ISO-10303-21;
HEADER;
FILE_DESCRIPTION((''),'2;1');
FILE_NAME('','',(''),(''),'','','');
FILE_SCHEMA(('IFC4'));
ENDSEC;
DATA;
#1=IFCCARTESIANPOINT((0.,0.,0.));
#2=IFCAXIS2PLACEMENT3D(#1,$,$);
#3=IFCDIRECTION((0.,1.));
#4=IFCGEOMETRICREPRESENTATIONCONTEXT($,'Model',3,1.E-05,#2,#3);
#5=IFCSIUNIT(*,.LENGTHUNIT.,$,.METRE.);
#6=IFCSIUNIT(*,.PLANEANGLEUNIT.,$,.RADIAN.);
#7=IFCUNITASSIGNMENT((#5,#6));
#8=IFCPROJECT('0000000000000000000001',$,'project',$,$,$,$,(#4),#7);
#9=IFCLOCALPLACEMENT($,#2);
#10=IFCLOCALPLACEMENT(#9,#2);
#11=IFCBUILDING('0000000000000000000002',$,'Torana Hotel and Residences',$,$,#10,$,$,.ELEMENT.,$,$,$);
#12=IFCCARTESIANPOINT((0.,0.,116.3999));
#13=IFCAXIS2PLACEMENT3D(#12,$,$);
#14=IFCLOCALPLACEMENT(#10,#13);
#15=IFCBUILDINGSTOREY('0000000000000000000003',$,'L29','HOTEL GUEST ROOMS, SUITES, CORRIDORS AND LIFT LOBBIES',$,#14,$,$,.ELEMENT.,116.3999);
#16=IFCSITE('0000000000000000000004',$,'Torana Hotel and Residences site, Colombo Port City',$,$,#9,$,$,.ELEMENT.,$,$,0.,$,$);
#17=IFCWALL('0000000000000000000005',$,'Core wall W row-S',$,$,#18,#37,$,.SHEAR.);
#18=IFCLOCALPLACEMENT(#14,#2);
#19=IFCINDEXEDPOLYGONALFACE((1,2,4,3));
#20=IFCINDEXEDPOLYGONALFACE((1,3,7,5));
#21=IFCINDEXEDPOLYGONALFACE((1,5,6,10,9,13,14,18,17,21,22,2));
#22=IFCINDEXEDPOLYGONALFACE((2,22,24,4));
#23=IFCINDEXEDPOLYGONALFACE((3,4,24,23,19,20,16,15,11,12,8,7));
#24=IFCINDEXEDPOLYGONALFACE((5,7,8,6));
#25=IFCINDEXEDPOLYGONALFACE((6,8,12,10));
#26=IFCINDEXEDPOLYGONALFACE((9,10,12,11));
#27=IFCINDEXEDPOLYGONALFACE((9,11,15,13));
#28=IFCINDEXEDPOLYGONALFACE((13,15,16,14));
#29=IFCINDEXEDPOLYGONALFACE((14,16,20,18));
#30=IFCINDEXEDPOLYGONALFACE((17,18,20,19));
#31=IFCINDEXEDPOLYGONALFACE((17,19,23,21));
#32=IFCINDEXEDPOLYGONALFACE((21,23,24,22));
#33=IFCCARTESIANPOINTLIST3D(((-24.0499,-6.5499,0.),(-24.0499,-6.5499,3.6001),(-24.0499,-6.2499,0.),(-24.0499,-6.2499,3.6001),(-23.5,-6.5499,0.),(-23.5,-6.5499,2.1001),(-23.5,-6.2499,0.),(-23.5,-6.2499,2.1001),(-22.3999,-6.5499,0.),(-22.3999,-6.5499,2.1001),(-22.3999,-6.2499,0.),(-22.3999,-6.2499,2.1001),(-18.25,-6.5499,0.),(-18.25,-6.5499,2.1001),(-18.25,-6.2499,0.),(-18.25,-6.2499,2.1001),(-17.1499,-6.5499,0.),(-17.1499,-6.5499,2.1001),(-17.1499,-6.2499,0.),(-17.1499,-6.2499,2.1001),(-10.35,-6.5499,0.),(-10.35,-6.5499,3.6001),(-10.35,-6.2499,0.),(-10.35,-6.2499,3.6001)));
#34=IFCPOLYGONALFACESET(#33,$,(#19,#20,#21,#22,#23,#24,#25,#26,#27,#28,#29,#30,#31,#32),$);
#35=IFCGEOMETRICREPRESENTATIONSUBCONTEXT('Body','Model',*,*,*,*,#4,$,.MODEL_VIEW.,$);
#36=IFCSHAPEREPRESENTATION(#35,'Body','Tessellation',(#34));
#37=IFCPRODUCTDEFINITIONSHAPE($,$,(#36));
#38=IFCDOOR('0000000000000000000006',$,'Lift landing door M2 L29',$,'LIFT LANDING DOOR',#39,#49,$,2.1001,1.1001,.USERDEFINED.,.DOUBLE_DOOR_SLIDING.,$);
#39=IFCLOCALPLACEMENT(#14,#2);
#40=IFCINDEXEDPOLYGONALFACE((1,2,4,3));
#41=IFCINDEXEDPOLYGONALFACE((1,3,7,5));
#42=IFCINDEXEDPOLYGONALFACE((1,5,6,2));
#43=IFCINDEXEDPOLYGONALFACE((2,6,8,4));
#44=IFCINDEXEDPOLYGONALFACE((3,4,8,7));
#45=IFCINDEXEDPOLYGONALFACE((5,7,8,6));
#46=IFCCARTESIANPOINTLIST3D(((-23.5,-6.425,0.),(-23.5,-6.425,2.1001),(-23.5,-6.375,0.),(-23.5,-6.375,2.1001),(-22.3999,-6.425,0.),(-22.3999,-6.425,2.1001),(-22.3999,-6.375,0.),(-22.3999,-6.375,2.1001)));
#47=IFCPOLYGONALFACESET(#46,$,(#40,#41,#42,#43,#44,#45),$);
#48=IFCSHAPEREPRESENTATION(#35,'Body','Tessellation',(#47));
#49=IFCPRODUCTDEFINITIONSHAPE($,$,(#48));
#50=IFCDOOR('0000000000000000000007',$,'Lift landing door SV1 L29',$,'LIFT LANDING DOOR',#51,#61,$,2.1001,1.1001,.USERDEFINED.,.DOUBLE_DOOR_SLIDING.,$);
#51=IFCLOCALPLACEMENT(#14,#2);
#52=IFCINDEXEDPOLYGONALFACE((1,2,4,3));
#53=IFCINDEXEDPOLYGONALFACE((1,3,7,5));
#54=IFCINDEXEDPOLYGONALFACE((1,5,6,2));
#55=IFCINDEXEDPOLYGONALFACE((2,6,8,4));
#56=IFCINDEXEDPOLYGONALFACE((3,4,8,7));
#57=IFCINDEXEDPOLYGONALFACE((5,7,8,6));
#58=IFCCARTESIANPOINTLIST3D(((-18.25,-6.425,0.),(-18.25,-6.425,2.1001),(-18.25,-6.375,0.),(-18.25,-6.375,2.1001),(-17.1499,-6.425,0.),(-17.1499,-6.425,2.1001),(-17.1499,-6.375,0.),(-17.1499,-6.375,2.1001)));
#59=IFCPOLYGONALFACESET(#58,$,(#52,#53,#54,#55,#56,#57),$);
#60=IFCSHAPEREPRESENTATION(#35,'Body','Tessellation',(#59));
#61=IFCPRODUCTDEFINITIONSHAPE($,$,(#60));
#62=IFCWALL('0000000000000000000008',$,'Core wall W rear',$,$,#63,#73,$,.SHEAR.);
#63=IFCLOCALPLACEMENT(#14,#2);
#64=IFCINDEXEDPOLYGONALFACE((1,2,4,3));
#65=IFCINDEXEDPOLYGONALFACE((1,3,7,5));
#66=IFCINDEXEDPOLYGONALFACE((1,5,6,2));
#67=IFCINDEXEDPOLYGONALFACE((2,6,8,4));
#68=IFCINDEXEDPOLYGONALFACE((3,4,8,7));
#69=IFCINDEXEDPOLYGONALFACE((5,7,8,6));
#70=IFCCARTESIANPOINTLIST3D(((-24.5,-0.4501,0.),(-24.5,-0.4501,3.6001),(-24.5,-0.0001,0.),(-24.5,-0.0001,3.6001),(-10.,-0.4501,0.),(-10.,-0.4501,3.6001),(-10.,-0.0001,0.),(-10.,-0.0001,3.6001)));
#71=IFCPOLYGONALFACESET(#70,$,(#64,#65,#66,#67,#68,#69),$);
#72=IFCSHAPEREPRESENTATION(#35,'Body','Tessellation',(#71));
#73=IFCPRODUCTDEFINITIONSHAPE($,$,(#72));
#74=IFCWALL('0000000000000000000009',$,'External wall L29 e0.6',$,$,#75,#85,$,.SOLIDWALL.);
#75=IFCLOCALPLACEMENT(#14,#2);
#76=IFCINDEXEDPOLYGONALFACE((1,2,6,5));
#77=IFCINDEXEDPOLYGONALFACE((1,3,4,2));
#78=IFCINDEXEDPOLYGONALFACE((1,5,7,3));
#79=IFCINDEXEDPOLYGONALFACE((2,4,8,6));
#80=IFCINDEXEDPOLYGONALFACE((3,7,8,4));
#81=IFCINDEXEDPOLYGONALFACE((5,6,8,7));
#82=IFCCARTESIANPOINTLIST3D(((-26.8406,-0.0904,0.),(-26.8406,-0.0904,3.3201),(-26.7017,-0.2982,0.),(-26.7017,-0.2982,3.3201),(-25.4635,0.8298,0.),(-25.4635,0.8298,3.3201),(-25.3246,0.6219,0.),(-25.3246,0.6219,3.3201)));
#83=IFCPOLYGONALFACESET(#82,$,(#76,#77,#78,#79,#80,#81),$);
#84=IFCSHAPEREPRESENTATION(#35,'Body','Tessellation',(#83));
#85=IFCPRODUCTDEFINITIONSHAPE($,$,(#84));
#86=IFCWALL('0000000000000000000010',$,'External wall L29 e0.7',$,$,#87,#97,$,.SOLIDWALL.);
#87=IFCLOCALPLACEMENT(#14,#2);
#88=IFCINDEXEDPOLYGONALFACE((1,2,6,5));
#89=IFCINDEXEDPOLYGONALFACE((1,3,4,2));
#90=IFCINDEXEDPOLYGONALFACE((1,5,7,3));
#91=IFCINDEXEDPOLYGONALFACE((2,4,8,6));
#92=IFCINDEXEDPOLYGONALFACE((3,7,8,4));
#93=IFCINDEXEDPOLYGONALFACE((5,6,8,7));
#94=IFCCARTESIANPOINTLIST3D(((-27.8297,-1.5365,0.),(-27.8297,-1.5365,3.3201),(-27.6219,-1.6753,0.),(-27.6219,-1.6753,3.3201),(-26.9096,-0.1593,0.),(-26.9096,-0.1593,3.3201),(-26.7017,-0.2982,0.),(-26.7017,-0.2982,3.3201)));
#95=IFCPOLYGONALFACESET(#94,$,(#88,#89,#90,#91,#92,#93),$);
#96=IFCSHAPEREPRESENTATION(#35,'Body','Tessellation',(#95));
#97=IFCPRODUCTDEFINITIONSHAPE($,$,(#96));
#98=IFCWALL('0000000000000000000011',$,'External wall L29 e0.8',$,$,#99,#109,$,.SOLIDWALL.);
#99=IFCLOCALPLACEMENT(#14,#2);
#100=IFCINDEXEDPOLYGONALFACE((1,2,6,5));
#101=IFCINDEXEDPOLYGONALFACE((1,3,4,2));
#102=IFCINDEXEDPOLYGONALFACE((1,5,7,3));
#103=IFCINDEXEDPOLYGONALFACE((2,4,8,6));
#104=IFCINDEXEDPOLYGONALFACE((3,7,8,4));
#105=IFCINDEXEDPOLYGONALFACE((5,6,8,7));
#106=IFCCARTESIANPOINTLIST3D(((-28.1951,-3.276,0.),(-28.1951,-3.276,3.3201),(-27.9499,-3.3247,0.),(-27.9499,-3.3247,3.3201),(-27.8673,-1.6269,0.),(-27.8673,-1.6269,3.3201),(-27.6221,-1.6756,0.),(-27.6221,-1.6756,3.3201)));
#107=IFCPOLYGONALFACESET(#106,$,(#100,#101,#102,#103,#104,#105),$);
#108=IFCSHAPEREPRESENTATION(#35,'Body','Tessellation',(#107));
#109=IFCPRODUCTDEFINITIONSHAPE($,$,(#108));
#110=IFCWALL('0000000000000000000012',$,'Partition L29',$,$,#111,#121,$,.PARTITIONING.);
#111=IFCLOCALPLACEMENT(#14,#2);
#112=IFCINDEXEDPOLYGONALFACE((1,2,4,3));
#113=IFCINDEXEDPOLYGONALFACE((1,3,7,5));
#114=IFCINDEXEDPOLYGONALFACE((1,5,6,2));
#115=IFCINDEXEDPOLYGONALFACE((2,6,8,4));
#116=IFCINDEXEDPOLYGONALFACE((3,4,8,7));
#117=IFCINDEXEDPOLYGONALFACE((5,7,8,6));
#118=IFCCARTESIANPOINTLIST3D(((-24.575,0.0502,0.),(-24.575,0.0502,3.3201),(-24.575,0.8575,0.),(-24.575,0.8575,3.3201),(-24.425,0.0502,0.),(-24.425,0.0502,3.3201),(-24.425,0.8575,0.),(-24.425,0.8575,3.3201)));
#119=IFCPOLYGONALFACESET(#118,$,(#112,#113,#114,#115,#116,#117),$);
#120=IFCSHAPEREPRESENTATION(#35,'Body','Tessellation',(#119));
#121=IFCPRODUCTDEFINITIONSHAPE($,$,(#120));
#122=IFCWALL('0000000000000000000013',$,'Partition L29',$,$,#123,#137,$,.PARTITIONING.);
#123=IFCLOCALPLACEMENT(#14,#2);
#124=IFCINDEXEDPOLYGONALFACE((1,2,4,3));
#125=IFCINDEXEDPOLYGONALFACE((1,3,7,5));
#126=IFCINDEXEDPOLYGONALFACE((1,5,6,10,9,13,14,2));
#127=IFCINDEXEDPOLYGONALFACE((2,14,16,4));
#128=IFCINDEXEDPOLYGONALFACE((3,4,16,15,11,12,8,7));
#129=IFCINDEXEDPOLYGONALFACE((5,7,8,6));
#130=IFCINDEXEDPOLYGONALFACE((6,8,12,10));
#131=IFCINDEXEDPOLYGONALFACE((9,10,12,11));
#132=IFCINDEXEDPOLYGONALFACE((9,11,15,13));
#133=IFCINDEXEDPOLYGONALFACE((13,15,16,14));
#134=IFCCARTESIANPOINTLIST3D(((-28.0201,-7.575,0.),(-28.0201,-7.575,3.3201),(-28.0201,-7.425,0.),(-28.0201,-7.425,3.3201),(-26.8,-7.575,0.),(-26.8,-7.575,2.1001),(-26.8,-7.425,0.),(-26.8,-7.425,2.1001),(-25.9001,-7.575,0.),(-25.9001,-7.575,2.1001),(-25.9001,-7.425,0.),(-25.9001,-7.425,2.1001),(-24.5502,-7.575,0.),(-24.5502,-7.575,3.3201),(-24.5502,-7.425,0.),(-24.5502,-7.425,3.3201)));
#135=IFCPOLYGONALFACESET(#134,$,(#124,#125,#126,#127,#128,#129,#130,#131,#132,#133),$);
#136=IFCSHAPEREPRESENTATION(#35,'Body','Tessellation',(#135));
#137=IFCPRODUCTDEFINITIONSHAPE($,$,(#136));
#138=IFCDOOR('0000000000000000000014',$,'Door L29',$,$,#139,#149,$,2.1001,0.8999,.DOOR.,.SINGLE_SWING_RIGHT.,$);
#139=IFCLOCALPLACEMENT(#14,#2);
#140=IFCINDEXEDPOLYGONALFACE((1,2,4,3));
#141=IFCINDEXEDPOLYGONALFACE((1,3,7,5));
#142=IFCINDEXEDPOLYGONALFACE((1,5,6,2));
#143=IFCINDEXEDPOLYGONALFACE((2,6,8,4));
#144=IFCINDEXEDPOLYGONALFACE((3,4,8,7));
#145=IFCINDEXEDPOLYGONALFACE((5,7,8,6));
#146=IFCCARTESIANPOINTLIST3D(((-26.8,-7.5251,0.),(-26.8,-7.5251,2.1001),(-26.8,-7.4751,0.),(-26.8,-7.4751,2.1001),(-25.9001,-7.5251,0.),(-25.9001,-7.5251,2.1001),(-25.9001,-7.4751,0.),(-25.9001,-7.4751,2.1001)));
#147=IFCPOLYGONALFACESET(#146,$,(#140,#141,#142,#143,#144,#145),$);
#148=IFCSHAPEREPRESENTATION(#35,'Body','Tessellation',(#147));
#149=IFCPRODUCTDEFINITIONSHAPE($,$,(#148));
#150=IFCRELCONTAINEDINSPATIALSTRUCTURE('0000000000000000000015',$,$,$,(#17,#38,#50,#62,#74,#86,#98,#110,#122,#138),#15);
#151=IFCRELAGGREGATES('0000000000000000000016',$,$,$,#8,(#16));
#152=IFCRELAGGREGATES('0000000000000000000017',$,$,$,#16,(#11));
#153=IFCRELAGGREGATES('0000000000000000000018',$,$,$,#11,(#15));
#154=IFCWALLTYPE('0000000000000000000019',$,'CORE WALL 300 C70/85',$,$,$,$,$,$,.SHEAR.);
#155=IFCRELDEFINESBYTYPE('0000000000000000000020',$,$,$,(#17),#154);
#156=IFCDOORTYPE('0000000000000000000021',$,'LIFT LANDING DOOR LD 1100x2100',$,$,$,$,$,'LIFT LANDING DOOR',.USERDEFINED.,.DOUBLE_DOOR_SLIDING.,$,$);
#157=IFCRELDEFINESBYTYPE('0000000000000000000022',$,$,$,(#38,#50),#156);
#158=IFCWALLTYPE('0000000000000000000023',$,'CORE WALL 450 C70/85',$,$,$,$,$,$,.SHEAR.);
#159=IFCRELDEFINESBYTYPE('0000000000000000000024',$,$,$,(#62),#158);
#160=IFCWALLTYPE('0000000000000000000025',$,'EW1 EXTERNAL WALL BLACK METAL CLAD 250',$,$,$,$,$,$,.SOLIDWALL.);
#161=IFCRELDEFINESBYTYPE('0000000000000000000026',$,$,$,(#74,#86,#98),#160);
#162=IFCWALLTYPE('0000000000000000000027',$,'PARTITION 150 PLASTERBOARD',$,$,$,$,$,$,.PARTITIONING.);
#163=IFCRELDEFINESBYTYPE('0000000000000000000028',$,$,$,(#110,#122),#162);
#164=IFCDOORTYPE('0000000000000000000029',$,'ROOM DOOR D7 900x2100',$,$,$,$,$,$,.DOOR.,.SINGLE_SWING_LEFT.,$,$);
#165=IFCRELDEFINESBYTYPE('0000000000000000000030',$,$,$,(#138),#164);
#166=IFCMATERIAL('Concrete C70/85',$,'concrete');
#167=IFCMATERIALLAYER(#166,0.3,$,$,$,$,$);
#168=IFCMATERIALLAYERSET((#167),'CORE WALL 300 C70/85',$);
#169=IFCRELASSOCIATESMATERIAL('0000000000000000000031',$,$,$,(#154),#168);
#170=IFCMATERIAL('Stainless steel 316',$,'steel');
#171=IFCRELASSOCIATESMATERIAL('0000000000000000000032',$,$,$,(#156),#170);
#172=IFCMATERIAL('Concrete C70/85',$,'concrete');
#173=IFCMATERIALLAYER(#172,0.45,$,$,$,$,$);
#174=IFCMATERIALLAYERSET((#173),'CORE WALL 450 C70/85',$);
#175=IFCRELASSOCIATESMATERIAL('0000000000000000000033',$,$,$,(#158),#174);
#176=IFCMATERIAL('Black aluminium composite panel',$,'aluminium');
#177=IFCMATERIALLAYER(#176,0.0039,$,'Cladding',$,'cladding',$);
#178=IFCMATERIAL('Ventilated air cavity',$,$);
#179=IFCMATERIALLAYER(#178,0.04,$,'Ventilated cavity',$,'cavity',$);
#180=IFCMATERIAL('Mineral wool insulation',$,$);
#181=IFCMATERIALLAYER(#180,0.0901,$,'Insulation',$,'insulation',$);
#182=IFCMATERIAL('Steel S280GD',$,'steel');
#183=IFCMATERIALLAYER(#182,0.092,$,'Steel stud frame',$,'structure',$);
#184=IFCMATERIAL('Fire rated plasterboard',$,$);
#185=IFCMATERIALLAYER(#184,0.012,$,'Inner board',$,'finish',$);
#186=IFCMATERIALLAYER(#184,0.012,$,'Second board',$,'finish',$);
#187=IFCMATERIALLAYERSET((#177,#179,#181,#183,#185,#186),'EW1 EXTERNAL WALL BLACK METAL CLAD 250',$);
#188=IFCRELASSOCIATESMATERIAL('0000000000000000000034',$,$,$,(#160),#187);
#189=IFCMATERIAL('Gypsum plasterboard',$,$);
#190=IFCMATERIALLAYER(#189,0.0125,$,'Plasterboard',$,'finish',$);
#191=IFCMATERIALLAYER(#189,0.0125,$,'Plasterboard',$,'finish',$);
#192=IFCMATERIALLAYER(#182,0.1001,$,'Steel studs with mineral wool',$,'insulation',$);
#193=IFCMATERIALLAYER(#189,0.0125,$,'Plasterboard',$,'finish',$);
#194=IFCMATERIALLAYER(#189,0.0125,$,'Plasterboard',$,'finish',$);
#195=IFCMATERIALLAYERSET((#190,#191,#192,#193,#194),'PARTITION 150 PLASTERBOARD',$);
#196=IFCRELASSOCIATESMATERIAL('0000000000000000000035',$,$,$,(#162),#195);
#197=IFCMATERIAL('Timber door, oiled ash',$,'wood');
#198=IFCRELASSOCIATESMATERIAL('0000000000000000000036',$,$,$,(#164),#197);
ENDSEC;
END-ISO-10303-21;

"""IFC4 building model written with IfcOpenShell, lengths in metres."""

from ifc_helpers import new_model, si_unit, direction, frame, frame_2d, origin, place, context, subcontext, project, spatial, rectangle, extrude, material, layer, layer_set, type_object, element, fill, save


model = new_model("IFC4")

# Units and contexts
model_context = context("Model", 3, precision=1e-05, world=origin(), true_north=direction((0.0, 1.0)))
body_context = subcontext(model_context, "Body", "Model", "MODEL_VIEW")
ifc_project = project(units=[si_unit("LENGTHUNIT", "METRE"), si_unit("PLANEANGLEUNIT", "RADIAN")], contexts=[model_context])

# Site, building, storey
site_placement = place(None, origin())
site = spatial("IfcSite", under=ifc_project, at=site_placement, Name="Torana Hotel and Residences site, Colombo Port City", CompositionType="ELEMENT", RefElevation=0.0)
building_placement = place(site_placement, origin())
building = spatial("IfcBuilding", under=site, at=building_placement, Name="Torana Hotel and Residences", CompositionType="ELEMENT")
storey_placement = place(building_placement, frame((0.0, 0.0, 116.3999)))
storey = spatial("IfcBuildingStorey", under=building, at=storey_placement, Name="L29", Description="HOTEL GUEST ROOMS, SUITES, CORRIDORS AND LIFT LOBBIES", CompositionType="ELEMENT", Elevation=116.3999)

# Wall, openings, doors
ifc_material_1 = material(Name="Concrete C70/85", Category="concrete")
ifc_layer_1 = layer(ifc_material_1, 0.3)
ifc_layer_set_1 = layer_set([ifc_layer_1], Name="CORE WALL 300 C70/85")
wall_type_1 = type_object("IfcWallType", Name="CORE WALL 300 C70/85", PredefinedType="SHEAR", material=ifc_layer_set_1)
wall_1_placement = place(storey_placement, frame((-24.05, -6.3999, 0.0), z_axis=(0.0, 0.0, 1.0), x_axis=(1.0, 0.0, 0.0)))
wall_1 = element("IfcWall", 1, at=wall_1_placement, inside=storey, type_object=wall_type_1, Name="Core wall W row-S", PredefinedType="SHEAR", context=body_context, shape_type="SweptSolid", body=[
    extrude(rectangle(XDim=13.7, YDim=0.3, at=frame_2d((6.8501, 0.0))), origin(), (0.0, 0.0, 1.0), 3.6001),
])
opening_1_placement = place(wall_1_placement, frame((0.55, 0.0, 0.0)))
opening_1 = element("IfcOpeningElement", 2, at=opening_1_placement, cuts=wall_1, PredefinedType="OPENING", context=body_context, shape_type="SweptSolid", body=[
    extrude(rectangle(XDim=1.1001, YDim=2.1001, at=frame_2d((0.55, 1.05))), frame((0.0, 0.1599, 0.0), z_axis=(0.0, -1.0, 0.0), x_axis=(1.0, 0.0, 0.0)), (0.0, 0.0, 1.0), 0.3201),
])
opening_2_placement = place(wall_1_placement, frame((5.8, 0.0, 0.0)))
opening_2 = element("IfcOpeningElement", 3, at=opening_2_placement, cuts=wall_1, PredefinedType="OPENING", context=body_context, shape_type="SweptSolid", body=[
    extrude(rectangle(XDim=1.1001, YDim=2.1001, at=frame_2d((0.55, 1.05))), frame((0.0, 0.1599, 0.0), z_axis=(0.0, -1.0, 0.0), x_axis=(1.0, 0.0, 0.0)), (0.0, 0.0, 1.0), 0.3201),
])
ifc_material_2 = material(Name="Stainless steel 316", Category="steel")
door_type_1 = type_object("IfcDoorType", Name="LIFT LANDING DOOR LD 1100x2100", ElementType="LIFT LANDING DOOR", OperationType="DOUBLE_DOOR_SLIDING", PredefinedType="USERDEFINED", material=ifc_material_2)
door_1_placement = place(opening_1_placement, origin())
door_1 = element("IfcDoor", 4, at=door_1_placement, inside=storey, type_object=door_type_1, Name="Lift landing door M2 L29", ObjectType="LIFT LANDING DOOR", OperationType="DOUBLE_DOOR_SLIDING", OverallHeight=2.1001, OverallWidth=1.1001, PredefinedType="USERDEFINED", context=body_context, shape_type="SweptSolid", body=[
    extrude(rectangle(XDim=1.1001, YDim=2.1001, at=frame_2d((0.55, 1.05))), frame((0.0, 0.0249, 0.0), z_axis=(0.0, -1.0, 0.0), x_axis=(1.0, 0.0, 0.0)), (0.0, 0.0, 1.0), 0.05),
])
fill(opening_1, door_1)
door_2_placement = place(opening_2_placement, origin())
door_2 = element("IfcDoor", 5, at=door_2_placement, inside=storey, type_object=door_type_1, Name="Lift landing door SV1 L29", ObjectType="LIFT LANDING DOOR", OperationType="DOUBLE_DOOR_SLIDING", OverallHeight=2.1001, OverallWidth=1.1001, PredefinedType="USERDEFINED", context=body_context, shape_type="SweptSolid", body=[
    extrude(rectangle(XDim=1.1001, YDim=2.1001, at=frame_2d((0.55, 1.05))), frame((0.0, 0.0249, 0.0), z_axis=(0.0, -1.0, 0.0), x_axis=(1.0, 0.0, 0.0)), (0.0, 0.0, 1.0), 0.05),
])
fill(opening_2, door_2)

# Walls
ifc_material_3 = material(Name="Concrete C70/85", Category="concrete")
ifc_layer_2 = layer(ifc_material_3, 0.45)
ifc_layer_set_2 = layer_set([ifc_layer_2], Name="CORE WALL 450 C70/85")
wall_type_2 = type_object("IfcWallType", Name="CORE WALL 450 C70/85", PredefinedType="SHEAR", material=ifc_layer_set_2)
wall_2_placement = place(storey_placement, frame((-24.5, -0.2251, 0.0), z_axis=(0.0, 0.0, 1.0), x_axis=(1.0, 0.0, 0.0)))
element("IfcWall", 6, at=wall_2_placement, inside=storey, type_object=wall_type_2, Name="Core wall W rear", PredefinedType="SHEAR", context=body_context, shape_type="SweptSolid", body=[
    extrude(rectangle(XDim=14.5, YDim=0.45, at=frame_2d((7.25, 0.0))), origin(), (0.0, 0.0, 1.0), 3.6001),
])
ifc_material_4 = material(Name="Black aluminium composite panel", Category="aluminium")
ifc_layer_3 = layer(ifc_material_4, 0.0039, Name="Cladding", Category="cladding")
ifc_material_5 = material(Name="Ventilated air cavity")
ifc_layer_4 = layer(ifc_material_5, 0.04, Name="Ventilated cavity", Category="cavity")
ifc_material_6 = material(Name="Mineral wool insulation")
ifc_layer_5 = layer(ifc_material_6, 0.0901, Name="Insulation", Category="insulation")
ifc_material_7 = material(Name="Steel S280GD", Category="steel")
ifc_layer_6 = layer(ifc_material_7, 0.092, Name="Steel stud frame", Category="structure")
ifc_material_8 = material(Name="Fire rated plasterboard")
ifc_layer_7 = layer(ifc_material_8, 0.012, Name="Inner board", Category="finish")
ifc_layer_8 = layer(ifc_material_8, 0.012, Name="Second board", Category="finish")
ifc_layer_set_3 = layer_set([ifc_layer_3, ifc_layer_4, ifc_layer_5, ifc_layer_6, ifc_layer_7, ifc_layer_8], Name="EW1 EXTERNAL WALL BLACK METAL CLAD 250")
wall_type_3 = type_object("IfcWallType", Name="EW1 EXTERNAL WALL BLACK METAL CLAD 250", PredefinedType="SOLIDWALL", material=ifc_layer_set_3)
for number, where, z_axis, x_axis, name in (
    (7, (-25.394, 0.7258, 0.0), (0.0, 0.0, 1.0), (-0.831483, -0.55555, 0.0), "External wall L29 e0.6"),
    (8, (-26.8057, -0.2288, 0.0), (0.0, 0.0, 1.0), (-0.55555, -0.831483, 0.0), "External wall L29 e0.7"),
):
    element("IfcWall", number, at=place(storey_placement, frame(where, z_axis=z_axis, x_axis=x_axis)), inside=storey, type_object=wall_type_3, Name=name, PredefinedType="SOLIDWALL", context=body_context, shape_type="SweptSolid", body=[
        extrude(rectangle(XDim=1.6562, YDim=0.25, at=frame_2d((0.8281, 0.0))), origin(), (0.0, 0.0, 1.0), 3.3201),
    ])
wall_3_placement = place(storey_placement, frame((-27.7446, -1.6511, 0.0), z_axis=(0.0, 0.0, 1.0), x_axis=(-0.194999, -0.980803, 0.0)))
element("IfcWall", 9, at=wall_3_placement, inside=storey, type_object=wall_type_3, Name="External wall L29 e0.8", PredefinedType="SOLIDWALL", context=body_context, shape_type="SweptSolid", body=[
    extrude(rectangle(XDim=1.6814, YDim=0.25, at=frame_2d((0.8408, 0.0))), origin(), (0.0, 0.0, 1.0), 3.3201),
])

# Wall
ifc_material_9 = material(Name="Gypsum plasterboard")
ifc_layer_9 = layer(ifc_material_9, 0.0125, Name="Plasterboard", Category="finish")
ifc_layer_10 = layer(ifc_material_9, 0.0125, Name="Plasterboard", Category="finish")
ifc_layer_11 = layer(ifc_material_7, 0.1001, Name="Steel studs with mineral wool", Category="insulation")
ifc_layer_12 = layer(ifc_material_9, 0.0125, Name="Plasterboard", Category="finish")
ifc_layer_13 = layer(ifc_material_9, 0.0125, Name="Plasterboard", Category="finish")
ifc_layer_set_4 = layer_set([ifc_layer_9, ifc_layer_10, ifc_layer_11, ifc_layer_12, ifc_layer_13], Name="PARTITION 150 PLASTERBOARD")
wall_type_4 = type_object("IfcWallType", Name="PARTITION 150 PLASTERBOARD", PredefinedType="PARTITIONING", material=ifc_layer_set_4)
wall_4_placement = place(storey_placement, frame((-24.5, 0.05, 0.0), z_axis=(0.0, 0.0, 1.0), x_axis=(0.0, 1.0, 0.0)))
element("IfcWall", 10, at=wall_4_placement, inside=storey, type_object=wall_type_4, Name="Partition L29", PredefinedType="PARTITIONING", context=body_context, shape_type="SweptSolid", body=[
    extrude(rectangle(XDim=0.8074, YDim=0.1499, at=frame_2d((0.4038, 0.0))), origin(), (0.0, 0.0, 1.0), 3.3201),
])

# Wall, opening, door
wall_5_placement = place(storey_placement, frame((-28.02, -7.5, 0.0), z_axis=(0.0, 0.0, 1.0), x_axis=(1.0, 0.0, 0.0)))
wall_5 = element("IfcWall", 11, at=wall_5_placement, inside=storey, type_object=wall_type_4, Name="Partition L29", PredefinedType="PARTITIONING", context=body_context, shape_type="SweptSolid", body=[
    extrude(rectangle(XDim=3.47, YDim=0.1499, at=frame_2d((1.7349, 0.0))), origin(), (0.0, 0.0, 1.0), 3.3201),
])
opening_3_placement = place(wall_5_placement, frame((1.22, 0.0, 0.0)))
opening_3 = element("IfcOpeningElement", 12, at=opening_3_placement, cuts=wall_5, PredefinedType="OPENING", context=body_context, shape_type="SweptSolid", body=[
    extrude(rectangle(XDim=0.8999, YDim=2.1001, at=frame_2d((0.45, 1.05))), frame((0.0, 0.085, 0.0), z_axis=(0.0, -1.0, 0.0), x_axis=(1.0, 0.0, 0.0)), (0.0, 0.0, 1.0), 0.1699),
])
ifc_material_10 = material(Name="Timber door, oiled ash", Category="wood")
door_type_2 = type_object("IfcDoorType", Name="ROOM DOOR D7 900x2100", OperationType="SINGLE_SWING_LEFT", PredefinedType="DOOR", material=ifc_material_10)
door_3_placement = place(opening_3_placement, origin())
door_3 = element("IfcDoor", 13, at=door_3_placement, inside=storey, type_object=door_type_2, Name="Door L29", OperationType="SINGLE_SWING_RIGHT", OverallHeight=2.1001, OverallWidth=0.8999, PredefinedType="DOOR", context=body_context, shape_type="SweptSolid", body=[
    extrude(rectangle(XDim=0.8999, YDim=2.1001, at=frame_2d((0.45, 1.05))), frame((0.0, 0.0249, 0.0), z_axis=(0.0, -1.0, 0.0), x_axis=(1.0, 0.0, 0.0)), (0.0, 0.0, 1.0), 0.05),
])
fill(opening_3, door_3)

save(model, "model.ifc")
